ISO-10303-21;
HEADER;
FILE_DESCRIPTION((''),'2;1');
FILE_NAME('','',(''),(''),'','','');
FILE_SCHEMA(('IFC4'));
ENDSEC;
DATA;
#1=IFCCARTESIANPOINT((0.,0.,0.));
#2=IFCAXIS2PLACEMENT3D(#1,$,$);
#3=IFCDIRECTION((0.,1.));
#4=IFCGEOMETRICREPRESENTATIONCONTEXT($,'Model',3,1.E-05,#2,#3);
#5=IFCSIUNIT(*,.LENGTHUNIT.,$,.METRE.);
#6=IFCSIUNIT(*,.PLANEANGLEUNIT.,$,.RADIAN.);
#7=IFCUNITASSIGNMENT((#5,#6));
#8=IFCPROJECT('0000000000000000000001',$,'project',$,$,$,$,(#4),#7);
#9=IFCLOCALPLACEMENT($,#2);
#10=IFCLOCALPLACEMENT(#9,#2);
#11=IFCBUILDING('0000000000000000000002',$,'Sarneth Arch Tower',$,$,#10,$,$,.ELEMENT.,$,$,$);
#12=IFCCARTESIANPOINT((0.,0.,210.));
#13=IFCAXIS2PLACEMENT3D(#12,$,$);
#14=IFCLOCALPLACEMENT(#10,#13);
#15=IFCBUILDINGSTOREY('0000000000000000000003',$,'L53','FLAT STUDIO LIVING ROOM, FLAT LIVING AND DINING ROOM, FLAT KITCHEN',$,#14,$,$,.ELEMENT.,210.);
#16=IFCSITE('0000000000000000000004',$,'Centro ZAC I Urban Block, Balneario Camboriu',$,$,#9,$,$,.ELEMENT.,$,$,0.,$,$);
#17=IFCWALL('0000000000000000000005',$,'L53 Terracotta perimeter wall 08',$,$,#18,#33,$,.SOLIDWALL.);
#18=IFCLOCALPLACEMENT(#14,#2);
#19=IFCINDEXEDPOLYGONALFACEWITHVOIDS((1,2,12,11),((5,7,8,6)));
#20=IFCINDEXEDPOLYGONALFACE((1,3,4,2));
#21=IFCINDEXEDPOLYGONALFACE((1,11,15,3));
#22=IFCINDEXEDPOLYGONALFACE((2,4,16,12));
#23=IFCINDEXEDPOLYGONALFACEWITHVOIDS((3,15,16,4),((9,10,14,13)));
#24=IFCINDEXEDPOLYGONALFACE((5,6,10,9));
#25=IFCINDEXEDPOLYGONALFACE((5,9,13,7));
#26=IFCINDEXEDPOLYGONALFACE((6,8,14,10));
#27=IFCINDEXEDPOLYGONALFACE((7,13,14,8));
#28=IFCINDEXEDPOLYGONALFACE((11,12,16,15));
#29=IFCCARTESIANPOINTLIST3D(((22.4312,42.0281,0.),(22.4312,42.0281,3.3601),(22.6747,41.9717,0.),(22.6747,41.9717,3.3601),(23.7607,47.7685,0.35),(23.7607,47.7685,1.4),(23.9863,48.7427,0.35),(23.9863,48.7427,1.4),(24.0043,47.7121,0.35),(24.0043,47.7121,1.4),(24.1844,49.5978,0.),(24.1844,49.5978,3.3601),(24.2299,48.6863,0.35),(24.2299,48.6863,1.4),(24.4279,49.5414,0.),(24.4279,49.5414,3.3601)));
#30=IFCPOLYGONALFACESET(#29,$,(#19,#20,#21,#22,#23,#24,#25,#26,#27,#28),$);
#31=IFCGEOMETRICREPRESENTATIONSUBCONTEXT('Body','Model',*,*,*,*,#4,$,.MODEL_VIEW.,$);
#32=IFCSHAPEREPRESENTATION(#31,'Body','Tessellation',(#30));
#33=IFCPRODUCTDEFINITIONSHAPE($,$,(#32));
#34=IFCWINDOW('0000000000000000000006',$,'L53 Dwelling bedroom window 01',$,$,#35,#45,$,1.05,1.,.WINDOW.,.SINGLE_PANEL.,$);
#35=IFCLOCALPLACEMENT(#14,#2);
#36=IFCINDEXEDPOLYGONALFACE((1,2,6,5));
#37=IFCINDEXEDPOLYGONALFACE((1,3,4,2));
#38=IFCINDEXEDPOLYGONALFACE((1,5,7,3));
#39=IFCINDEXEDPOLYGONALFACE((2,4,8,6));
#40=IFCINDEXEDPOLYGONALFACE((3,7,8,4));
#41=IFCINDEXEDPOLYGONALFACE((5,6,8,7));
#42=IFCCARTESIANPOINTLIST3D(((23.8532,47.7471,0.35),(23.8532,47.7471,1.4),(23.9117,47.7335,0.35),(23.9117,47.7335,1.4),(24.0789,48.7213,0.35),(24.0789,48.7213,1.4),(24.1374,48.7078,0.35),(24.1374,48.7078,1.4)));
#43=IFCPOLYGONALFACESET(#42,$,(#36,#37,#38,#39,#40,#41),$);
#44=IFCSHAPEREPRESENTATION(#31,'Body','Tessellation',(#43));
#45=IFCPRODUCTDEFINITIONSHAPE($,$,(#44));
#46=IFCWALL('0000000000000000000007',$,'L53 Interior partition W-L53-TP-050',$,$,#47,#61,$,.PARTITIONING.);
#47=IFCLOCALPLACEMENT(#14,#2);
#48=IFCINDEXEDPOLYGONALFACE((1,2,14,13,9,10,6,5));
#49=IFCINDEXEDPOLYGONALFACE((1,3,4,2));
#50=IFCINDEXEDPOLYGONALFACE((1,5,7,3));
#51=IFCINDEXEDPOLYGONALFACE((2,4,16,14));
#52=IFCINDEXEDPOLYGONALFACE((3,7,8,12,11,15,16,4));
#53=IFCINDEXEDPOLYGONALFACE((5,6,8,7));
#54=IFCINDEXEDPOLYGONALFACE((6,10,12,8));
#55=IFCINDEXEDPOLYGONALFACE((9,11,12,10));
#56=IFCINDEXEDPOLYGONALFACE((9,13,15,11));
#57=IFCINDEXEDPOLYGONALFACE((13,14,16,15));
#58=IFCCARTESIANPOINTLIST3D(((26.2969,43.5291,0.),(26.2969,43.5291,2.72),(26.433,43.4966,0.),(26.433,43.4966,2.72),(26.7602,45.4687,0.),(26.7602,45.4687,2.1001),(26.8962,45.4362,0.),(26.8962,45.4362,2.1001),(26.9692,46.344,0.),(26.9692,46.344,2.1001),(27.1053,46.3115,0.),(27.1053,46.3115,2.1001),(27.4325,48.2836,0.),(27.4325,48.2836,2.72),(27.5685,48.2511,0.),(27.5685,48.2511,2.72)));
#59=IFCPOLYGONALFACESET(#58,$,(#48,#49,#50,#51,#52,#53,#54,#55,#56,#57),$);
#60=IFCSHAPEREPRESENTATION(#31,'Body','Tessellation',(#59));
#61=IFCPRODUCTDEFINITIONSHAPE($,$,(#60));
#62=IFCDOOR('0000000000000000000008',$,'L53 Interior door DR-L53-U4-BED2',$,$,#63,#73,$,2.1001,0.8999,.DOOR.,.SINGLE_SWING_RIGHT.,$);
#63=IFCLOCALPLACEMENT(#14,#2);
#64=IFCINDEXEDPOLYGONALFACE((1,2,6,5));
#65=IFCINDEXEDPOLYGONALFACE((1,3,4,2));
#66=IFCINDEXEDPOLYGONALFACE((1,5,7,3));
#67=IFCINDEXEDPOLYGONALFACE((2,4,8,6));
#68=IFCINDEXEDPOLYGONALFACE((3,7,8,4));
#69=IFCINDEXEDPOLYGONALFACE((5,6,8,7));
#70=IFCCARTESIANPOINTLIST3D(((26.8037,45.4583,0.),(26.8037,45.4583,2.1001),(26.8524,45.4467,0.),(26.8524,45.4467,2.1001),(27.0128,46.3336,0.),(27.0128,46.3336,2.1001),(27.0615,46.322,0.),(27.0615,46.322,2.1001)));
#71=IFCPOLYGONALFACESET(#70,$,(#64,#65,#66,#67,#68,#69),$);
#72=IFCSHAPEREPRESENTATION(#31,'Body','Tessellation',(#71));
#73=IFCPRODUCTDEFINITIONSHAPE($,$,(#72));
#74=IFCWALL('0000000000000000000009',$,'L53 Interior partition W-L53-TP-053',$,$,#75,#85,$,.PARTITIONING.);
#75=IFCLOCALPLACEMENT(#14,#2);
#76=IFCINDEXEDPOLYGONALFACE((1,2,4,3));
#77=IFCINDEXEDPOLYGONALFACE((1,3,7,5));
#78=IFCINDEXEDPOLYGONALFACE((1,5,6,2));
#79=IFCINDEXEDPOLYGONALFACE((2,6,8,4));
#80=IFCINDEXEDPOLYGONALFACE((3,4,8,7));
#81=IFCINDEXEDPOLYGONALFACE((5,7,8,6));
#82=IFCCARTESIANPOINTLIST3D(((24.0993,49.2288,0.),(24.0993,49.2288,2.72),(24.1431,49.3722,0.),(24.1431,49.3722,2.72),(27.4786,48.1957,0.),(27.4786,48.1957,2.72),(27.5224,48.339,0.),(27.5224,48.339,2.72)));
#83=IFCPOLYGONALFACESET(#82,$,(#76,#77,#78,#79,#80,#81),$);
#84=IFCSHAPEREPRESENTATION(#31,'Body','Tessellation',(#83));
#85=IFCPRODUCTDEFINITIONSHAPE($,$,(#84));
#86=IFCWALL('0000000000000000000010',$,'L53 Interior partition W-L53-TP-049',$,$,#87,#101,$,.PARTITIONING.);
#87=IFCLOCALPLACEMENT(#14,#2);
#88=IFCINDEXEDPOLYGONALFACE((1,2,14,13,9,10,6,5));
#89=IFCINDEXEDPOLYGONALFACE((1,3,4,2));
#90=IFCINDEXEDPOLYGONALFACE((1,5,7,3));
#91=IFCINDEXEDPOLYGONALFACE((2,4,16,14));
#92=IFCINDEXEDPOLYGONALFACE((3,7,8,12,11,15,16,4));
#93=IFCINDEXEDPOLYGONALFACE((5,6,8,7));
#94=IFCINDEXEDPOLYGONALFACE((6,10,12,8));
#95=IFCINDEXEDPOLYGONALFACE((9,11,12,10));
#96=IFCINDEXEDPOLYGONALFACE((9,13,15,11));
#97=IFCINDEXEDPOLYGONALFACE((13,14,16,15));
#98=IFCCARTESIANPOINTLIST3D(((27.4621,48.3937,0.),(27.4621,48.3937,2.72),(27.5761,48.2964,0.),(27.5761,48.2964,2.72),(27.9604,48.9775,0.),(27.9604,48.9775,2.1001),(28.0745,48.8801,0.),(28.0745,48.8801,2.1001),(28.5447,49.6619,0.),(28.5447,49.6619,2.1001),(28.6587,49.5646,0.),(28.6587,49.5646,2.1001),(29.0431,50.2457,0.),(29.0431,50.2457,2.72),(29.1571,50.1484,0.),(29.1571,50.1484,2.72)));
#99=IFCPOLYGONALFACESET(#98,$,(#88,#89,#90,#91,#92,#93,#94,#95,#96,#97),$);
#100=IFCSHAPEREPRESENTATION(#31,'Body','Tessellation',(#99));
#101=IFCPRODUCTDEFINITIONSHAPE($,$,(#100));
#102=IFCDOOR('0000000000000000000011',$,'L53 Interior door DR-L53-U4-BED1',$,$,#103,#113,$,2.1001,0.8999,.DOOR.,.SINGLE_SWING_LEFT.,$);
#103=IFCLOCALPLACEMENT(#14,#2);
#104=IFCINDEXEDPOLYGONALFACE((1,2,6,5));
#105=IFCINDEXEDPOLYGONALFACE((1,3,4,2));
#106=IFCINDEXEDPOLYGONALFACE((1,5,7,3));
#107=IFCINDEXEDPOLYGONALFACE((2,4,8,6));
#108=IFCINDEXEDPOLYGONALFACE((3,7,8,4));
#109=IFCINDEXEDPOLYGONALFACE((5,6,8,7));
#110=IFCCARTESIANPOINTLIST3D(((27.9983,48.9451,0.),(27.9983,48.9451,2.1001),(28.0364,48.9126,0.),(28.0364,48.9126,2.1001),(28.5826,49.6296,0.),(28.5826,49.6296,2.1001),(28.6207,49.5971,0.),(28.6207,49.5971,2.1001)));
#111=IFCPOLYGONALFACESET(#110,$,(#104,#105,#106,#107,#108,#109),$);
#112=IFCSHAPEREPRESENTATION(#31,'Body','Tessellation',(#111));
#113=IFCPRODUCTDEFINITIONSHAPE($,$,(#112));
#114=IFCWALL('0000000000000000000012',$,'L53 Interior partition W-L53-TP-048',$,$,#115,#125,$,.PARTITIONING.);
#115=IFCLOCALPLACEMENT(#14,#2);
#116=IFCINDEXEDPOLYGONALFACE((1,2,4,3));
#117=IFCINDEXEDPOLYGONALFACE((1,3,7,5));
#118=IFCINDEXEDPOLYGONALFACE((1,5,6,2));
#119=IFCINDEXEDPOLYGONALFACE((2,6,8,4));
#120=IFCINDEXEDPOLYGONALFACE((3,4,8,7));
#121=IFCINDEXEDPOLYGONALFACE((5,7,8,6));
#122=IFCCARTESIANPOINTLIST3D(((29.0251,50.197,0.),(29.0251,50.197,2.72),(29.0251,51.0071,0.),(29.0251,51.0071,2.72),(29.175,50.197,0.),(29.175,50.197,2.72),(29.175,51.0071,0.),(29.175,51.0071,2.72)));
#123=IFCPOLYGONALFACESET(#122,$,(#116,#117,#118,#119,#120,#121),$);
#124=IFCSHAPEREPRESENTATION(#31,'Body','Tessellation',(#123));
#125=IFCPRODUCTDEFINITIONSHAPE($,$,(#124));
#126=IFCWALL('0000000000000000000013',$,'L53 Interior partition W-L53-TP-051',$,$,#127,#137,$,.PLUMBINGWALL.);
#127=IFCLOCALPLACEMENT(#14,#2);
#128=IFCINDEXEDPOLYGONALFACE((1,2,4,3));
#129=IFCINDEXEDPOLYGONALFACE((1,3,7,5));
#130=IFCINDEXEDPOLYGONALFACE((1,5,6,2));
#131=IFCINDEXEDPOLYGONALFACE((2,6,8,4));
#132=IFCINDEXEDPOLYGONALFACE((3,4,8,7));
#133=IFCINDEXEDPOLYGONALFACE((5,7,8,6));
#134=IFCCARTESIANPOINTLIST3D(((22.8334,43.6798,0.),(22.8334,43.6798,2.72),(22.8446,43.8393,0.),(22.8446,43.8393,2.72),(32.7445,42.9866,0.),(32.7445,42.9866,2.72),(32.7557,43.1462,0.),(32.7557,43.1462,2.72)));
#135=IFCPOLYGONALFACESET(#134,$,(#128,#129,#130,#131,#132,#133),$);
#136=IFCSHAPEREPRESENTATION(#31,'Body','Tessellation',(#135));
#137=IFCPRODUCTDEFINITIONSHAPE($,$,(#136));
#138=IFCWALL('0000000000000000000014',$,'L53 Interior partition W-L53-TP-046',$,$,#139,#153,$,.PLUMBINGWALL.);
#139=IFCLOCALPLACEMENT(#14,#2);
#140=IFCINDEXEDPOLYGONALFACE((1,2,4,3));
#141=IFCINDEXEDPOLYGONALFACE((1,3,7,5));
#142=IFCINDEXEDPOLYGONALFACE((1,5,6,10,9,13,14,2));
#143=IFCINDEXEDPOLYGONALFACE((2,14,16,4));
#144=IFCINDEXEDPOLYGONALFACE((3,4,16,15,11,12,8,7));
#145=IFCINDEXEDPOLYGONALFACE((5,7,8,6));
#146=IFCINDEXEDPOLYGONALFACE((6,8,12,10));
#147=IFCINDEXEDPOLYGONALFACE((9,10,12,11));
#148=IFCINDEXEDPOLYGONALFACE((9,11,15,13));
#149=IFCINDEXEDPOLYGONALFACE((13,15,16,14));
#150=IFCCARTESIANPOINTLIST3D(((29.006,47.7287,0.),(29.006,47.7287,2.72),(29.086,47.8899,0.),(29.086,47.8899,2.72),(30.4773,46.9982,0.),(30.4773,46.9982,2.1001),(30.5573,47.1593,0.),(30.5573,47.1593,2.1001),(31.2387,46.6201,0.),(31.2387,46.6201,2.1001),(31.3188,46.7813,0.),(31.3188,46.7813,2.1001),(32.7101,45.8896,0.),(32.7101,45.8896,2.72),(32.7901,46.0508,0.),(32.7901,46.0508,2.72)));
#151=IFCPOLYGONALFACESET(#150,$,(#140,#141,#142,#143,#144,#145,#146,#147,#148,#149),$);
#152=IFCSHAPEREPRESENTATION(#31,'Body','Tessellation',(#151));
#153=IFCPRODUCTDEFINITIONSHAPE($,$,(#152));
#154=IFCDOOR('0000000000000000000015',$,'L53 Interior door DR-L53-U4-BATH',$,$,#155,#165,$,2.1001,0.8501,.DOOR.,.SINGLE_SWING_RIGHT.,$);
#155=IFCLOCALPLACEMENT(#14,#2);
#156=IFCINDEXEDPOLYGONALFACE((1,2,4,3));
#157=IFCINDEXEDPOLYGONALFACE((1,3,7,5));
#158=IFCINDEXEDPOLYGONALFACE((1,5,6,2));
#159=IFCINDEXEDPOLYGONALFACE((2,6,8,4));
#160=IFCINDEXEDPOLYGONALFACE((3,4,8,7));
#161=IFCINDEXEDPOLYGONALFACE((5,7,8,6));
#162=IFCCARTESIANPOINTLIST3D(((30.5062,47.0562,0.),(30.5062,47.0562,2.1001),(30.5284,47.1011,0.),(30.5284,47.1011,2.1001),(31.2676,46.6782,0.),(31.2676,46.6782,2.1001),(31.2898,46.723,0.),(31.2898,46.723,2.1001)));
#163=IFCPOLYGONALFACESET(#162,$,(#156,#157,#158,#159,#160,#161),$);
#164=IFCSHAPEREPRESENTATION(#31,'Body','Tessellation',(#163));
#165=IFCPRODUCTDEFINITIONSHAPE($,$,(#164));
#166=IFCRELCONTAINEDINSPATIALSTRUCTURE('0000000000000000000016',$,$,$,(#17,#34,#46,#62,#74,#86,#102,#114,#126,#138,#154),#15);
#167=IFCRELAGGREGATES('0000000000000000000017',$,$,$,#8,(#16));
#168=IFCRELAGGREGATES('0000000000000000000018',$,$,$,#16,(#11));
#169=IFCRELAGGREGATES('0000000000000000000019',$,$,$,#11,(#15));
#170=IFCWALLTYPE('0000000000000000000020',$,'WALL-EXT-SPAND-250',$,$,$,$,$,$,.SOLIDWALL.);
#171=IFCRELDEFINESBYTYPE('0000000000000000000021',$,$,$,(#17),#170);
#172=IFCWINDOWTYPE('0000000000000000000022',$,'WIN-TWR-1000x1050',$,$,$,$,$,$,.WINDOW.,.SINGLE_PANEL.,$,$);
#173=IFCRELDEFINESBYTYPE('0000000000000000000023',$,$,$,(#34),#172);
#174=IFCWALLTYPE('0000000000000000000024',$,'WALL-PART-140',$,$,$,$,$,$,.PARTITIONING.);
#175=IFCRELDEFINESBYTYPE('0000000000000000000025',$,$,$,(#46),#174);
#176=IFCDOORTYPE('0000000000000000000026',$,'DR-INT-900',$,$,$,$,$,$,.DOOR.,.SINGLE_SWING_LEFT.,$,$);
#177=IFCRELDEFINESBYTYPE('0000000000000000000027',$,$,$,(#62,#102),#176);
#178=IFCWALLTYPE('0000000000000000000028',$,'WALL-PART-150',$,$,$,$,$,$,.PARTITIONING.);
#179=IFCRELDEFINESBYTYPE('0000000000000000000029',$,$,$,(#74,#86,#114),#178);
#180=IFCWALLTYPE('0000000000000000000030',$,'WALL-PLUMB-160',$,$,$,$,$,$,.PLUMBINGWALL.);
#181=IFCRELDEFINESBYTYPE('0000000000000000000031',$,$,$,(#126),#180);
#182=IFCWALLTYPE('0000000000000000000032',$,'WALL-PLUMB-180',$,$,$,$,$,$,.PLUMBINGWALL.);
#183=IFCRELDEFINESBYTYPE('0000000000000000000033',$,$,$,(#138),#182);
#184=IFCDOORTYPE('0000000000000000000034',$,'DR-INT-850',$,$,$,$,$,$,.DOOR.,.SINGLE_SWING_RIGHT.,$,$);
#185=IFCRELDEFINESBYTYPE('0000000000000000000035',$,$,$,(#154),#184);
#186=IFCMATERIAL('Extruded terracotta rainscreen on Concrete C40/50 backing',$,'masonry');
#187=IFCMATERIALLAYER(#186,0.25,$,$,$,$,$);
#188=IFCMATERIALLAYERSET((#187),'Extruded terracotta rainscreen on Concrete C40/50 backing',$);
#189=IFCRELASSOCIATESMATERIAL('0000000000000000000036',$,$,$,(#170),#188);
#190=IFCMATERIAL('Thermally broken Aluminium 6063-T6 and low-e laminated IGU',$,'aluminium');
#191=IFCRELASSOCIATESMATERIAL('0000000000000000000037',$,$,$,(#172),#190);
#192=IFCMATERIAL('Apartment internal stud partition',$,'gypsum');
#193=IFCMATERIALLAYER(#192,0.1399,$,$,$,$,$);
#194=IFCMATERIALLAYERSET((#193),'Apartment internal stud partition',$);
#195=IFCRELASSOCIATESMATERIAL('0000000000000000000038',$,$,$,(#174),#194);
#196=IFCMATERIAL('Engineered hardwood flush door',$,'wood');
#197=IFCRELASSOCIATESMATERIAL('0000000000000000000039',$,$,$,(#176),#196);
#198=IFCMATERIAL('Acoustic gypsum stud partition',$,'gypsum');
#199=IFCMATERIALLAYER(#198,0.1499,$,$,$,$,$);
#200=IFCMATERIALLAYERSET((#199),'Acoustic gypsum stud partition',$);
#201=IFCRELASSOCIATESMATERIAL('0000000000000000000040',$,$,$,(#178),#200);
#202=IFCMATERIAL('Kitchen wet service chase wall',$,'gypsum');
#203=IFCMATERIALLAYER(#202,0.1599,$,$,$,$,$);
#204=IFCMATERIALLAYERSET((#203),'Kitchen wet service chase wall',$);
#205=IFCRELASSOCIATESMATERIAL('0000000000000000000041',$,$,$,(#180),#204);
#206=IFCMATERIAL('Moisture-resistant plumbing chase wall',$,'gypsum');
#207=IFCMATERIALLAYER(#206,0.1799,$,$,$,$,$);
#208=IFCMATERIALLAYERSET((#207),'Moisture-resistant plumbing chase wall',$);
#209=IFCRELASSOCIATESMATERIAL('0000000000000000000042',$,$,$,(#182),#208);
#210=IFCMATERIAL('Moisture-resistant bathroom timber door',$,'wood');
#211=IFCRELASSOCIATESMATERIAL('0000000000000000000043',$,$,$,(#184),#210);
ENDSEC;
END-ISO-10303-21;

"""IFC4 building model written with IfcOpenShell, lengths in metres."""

from ifc_helpers import new_model, si_unit, direction, frame, frame_2d, origin, place, context, subcontext, project, spatial, rectangle, extrude, material, layer, layer_set, type_object, element, fill, save


model = new_model("IFC4")

# Units and contexts
model_context = context("Model", 3, precision=1e-05, world=origin(), true_north=direction((0.0, 1.0)))
body_context = subcontext(model_context, "Body", "Model", "MODEL_VIEW")
ifc_project = project(units=[si_unit("LENGTHUNIT", "METRE"), si_unit("PLANEANGLEUNIT", "RADIAN")], contexts=[model_context])

# Site, building, storey
site_placement = place(None, origin())
site = spatial("IfcSite", under=ifc_project, at=site_placement, Name="Centro ZAC I Urban Block, Balneario Camboriu", CompositionType="ELEMENT", RefElevation=0.0)
building_placement = place(site_placement, origin())
building = spatial("IfcBuilding", under=site, at=building_placement, Name="Sarneth Arch Tower", CompositionType="ELEMENT")
storey_placement = place(building_placement, frame((0.0, 0.0, 210.0)))
storey = spatial("IfcBuildingStorey", under=building, at=storey_placement, Name="L53", Description="FLAT STUDIO LIVING ROOM, FLAT LIVING AND DINING ROOM, FLAT KITCHEN", CompositionType="ELEMENT", Elevation=210.0)

# Wall, opening, window
ifc_material_1 = material(Name="Extruded terracotta rainscreen on Concrete C40/50 backing", Category="masonry")
ifc_layer_1 = layer(ifc_material_1, 0.25)
ifc_layer_set_1 = layer_set([ifc_layer_1], Name="Extruded terracotta rainscreen on Concrete C40/50 backing")
wall_type_1 = type_object("IfcWallType", Name="WALL-EXT-SPAND-250", PredefinedType="SOLIDWALL", material=ifc_layer_set_1)
wall_1_placement = place(storey_placement, frame((24.3062, 49.5696, 0.0), z_axis=(0.0, 0.0, 1.0), x_axis=(-0.225635, -0.974212, 0.0)))
wall_1 = element("IfcWall", 1, at=wall_1_placement, inside=storey, type_object=wall_type_1, Name="L53 Terracotta perimeter wall 08", PredefinedType="SOLIDWALL", context=body_context, shape_type="SweptSolid", body=[
    extrude(rectangle(XDim=7.77, YDim=0.25, at=frame_2d((3.885, 0.0))), origin(), (0.0, 0.0, 1.0), 3.3601),
])
opening_1_placement = place(wall_1_placement, frame((0.8777, 0.0, 0.3501)))
opening_1 = element("IfcOpeningElement", 2, at=opening_1_placement, cuts=wall_1, PredefinedType="OPENING", context=body_context, shape_type="SweptSolid", body=[
    extrude(rectangle(XDim=1.0, YDim=1.05, at=frame_2d((0.5, 0.5249))), frame((0.0, 0.135, 0.0), z_axis=(0.0, -1.0, 0.0), x_axis=(1.0, 0.0, 0.0)), (0.0, 0.0, 1.0), 0.27),
])
ifc_material_2 = material(Name="Thermally broken Aluminium 6063-T6 and low-e laminated IGU", Category="aluminium")
window_type = type_object("IfcWindowType", Name="WIN-TWR-1000x1050", PartitioningType="SINGLE_PANEL", PredefinedType="WINDOW", material=ifc_material_2)
window_placement = place(opening_1_placement, origin())
window = element("IfcWindow", 3, at=window_placement, inside=storey, type_object=window_type, Name="L53 Dwelling bedroom window 01", OverallHeight=1.05, OverallWidth=1.0, PartitioningType="SINGLE_PANEL", PredefinedType="WINDOW", context=body_context, shape_type="SweptSolid", body=[
    extrude(rectangle(XDim=1.0, YDim=1.05, at=frame_2d((0.5, 0.5249))), frame((0.0, 0.03, 0.0), z_axis=(0.0, -1.0, 0.0), x_axis=(1.0, 0.0, 0.0)), (0.0, 0.0, 1.0), 0.0601),
])
fill(opening_1, window)

# Wall, opening, door
ifc_material_3 = material(Name="Apartment internal stud partition", Category="gypsum")
ifc_layer_2 = layer(ifc_material_3, 0.1399)
ifc_layer_set_2 = layer_set([ifc_layer_2], Name="Apartment internal stud partition")
wall_type_2 = type_object("IfcWallType", Name="WALL-PART-140", PredefinedType="PARTITIONING", material=ifc_layer_set_2)
wall_2_placement = place(storey_placement, frame((27.5005, 48.2673, 0.0), z_axis=(0.0, 0.0, 1.0), x_axis=(-0.232298, -0.972645, 0.0)))
wall_2 = element("IfcWall", 4, at=wall_2_placement, inside=storey, type_object=wall_type_2, Name="L53 Interior partition W-L53-TP-050", PredefinedType="PARTITIONING", context=body_context, shape_type="SweptSolid", body=[
    extrude(rectangle(XDim=4.8882, YDim=0.1399, at=frame_2d((2.4441, 0.0))), origin(), (0.0, 0.0, 1.0), 2.72),
])
opening_2_placement = place(wall_2_placement, frame((1.9941, 0.0, 0.0)))
opening_2 = element("IfcOpeningElement", 5, at=opening_2_placement, cuts=wall_2, PredefinedType="OPENING", context=body_context, shape_type="SweptSolid", body=[
    extrude(rectangle(XDim=0.8999, YDim=2.1001, at=frame_2d((0.45, 1.05))), frame((0.0, 0.0798, 0.0), z_axis=(0.0, -1.0, 0.0), x_axis=(1.0, 0.0, 0.0)), (0.0, 0.0, 1.0), 0.1599),
])
ifc_material_4 = material(Name="Engineered hardwood flush door", Category="wood")
door_type_1 = type_object("IfcDoorType", Name="DR-INT-900", OperationType="SINGLE_SWING_LEFT", PredefinedType="DOOR", material=ifc_material_4)
door_1_placement = place(opening_2_placement, origin())
door_1 = element("IfcDoor", 6, at=door_1_placement, inside=storey, type_object=door_type_1, Name="L53 Interior door DR-L53-U4-BED2", OperationType="SINGLE_SWING_RIGHT", OverallHeight=2.1001, OverallWidth=0.8999, PredefinedType="DOOR", context=body_context, shape_type="SweptSolid", body=[
    extrude(rectangle(XDim=0.8999, YDim=2.1001, at=frame_2d((0.45, 1.05))), frame((0.0, 0.0249, 0.0), z_axis=(0.0, -1.0, 0.0), x_axis=(1.0, 0.0, 0.0)), (0.0, 0.0, 1.0), 0.05),
])
fill(opening_2, door_1)

# Wall
ifc_material_5 = material(Name="Acoustic gypsum stud partition", Category="gypsum")
ifc_layer_3 = layer(ifc_material_5, 0.1499)
ifc_layer_set_3 = layer_set([ifc_layer_3], Name="Acoustic gypsum stud partition")
wall_type_3 = type_object("IfcWallType", Name="WALL-PART-150", PredefinedType="PARTITIONING", material=ifc_layer_set_3)
wall_3_placement = place(storey_placement, frame((27.5005, 48.2673, 0.0), z_axis=(0.0, 0.0, 1.0), x_axis=(-0.956303, 0.292377, 0.0)))
element("IfcWall", 7, at=wall_3_placement, inside=storey, type_object=wall_type_3, Name="L53 Interior partition W-L53-TP-053", PredefinedType="PARTITIONING", context=body_context, shape_type="SweptSolid", body=[
    extrude(rectangle(XDim=3.5337, YDim=0.1499, at=frame_2d((1.7668, 0.0))), origin(), (0.0, 0.0, 1.0), 2.72),
])

# Wall, opening, door
wall_4_placement = place(storey_placement, frame((29.1001, 50.197, 0.0), z_axis=(0.0, 0.0, 1.0), x_axis=(-0.649271, -0.760557, 0.0)))
wall_4 = element("IfcWall", 8, at=wall_4_placement, inside=storey, type_object=wall_type_3, Name="L53 Interior partition W-L53-TP-049", PredefinedType="PARTITIONING", context=body_context, shape_type="SweptSolid", body=[
    extrude(rectangle(XDim=2.4351, YDim=0.1499, at=frame_2d((1.2175, 0.0))), origin(), (0.0, 0.0, 1.0), 2.72),
])
opening_3_placement = place(wall_4_placement, frame((0.7676, 0.0, 0.0)))
opening_3 = element("IfcOpeningElement", 9, at=opening_3_placement, cuts=wall_4, PredefinedType="OPENING", context=body_context, shape_type="SweptSolid", body=[
    extrude(rectangle(XDim=0.8999, YDim=2.1001, at=frame_2d((0.45, 1.05))), frame((0.0, 0.085, 0.0), z_axis=(0.0, -1.0, 0.0), x_axis=(1.0, 0.0, 0.0)), (0.0, 0.0, 1.0), 0.1699),
])
door_2_placement = place(opening_3_placement, origin())
door_2 = element("IfcDoor", 10, at=door_2_placement, inside=storey, type_object=door_type_1, Name="L53 Interior door DR-L53-U4-BED1", OperationType="SINGLE_SWING_LEFT", OverallHeight=2.1001, OverallWidth=0.8999, PredefinedType="DOOR", context=body_context, shape_type="SweptSolid", body=[
    extrude(rectangle(XDim=0.8999, YDim=2.1001, at=frame_2d((0.45, 1.05))), frame((0.0, 0.0249, 0.0), z_axis=(0.0, -1.0, 0.0), x_axis=(1.0, 0.0, 0.0)), (0.0, 0.0, 1.0), 0.05),
])
fill(opening_3, door_2)

# Walls
wall_5_placement = place(storey_placement, frame((29.1001, 51.0071, 0.0), z_axis=(0.0, 0.0, 1.0), x_axis=(0.0, -1.0, 0.0)))
element("IfcWall", 11, at=wall_5_placement, inside=storey, type_object=wall_type_3, Name="L53 Interior partition W-L53-TP-048", PredefinedType="PARTITIONING", context=body_context, shape_type="SweptSolid", body=[
    extrude(rectangle(XDim=0.8101, YDim=0.1499, at=frame_2d((0.405, 0.0))), origin(), (0.0, 0.0, 1.0), 2.72),
])
ifc_material_6 = material(Name="Kitchen wet service chase wall", Category="gypsum")
ifc_layer_4 = layer(ifc_material_6, 0.1599)
ifc_layer_set_4 = layer_set([ifc_layer_4], Name="Kitchen wet service chase wall")
wall_type_4 = type_object("IfcWallType", Name="WALL-PLUMB-160", PredefinedType="PLUMBINGWALL", material=ifc_layer_set_4)
wall_6_placement = place(storey_placement, frame((22.8389, 43.7595, 0.0), z_axis=(0.0, 0.0, 1.0), x_axis=(0.997564, -0.069763, 0.0)))
element("IfcWall", 12, at=wall_6_placement, inside=storey, type_object=wall_type_4, Name="L53 Interior partition W-L53-TP-051", PredefinedType="PLUMBINGWALL", context=body_context, shape_type="SweptSolid", body=[
    extrude(rectangle(XDim=9.9353, YDim=0.1599, at=frame_2d((4.9678, 0.0))), origin(), (0.0, 0.0, 1.0), 2.72),
])

# Wall, opening, door
ifc_material_7 = material(Name="Moisture-resistant plumbing chase wall", Category="gypsum")
ifc_layer_5 = layer(ifc_material_7, 0.1799)
ifc_layer_set_5 = layer_set([ifc_layer_5], Name="Moisture-resistant plumbing chase wall")
wall_type_5 = type_object("IfcWallType", Name="WALL-PLUMB-180", PredefinedType="PLUMBINGWALL", material=ifc_layer_set_5)
wall_7_placement = place(storey_placement, frame((29.0459, 47.8093, 0.0), z_axis=(0.0, 0.0, 1.0), x_axis=(0.895675, -0.444709, 0.0)))
wall_7 = element("IfcWall", 13, at=wall_7_placement, inside=storey, type_object=wall_type_5, Name="L53 Interior partition W-L53-TP-046", PredefinedType="PLUMBINGWALL", context=body_context, shape_type="SweptSolid", body=[
    extrude(rectangle(XDim=4.1355, YDim=0.1799, at=frame_2d((2.0679, 0.0))), origin(), (0.0, 0.0, 1.0), 2.72),
])
opening_4_placement = place(wall_7_placement, frame((1.6428, 0.0, 0.0)))
opening_4 = element("IfcOpeningElement", 14, at=opening_4_placement, cuts=wall_7, PredefinedType="OPENING", context=body_context, shape_type="SweptSolid", body=[
    extrude(rectangle(XDim=0.8501, YDim=2.1001, at=frame_2d((0.425, 1.05))), frame((0.0, 0.0999, 0.0), z_axis=(0.0, -1.0, 0.0), x_axis=(1.0, 0.0, 0.0)), (0.0, 0.0, 1.0), 0.2),
])
ifc_material_8 = material(Name="Moisture-resistant bathroom timber door", Category="wood")
door_type_2 = type_object("IfcDoorType", Name="DR-INT-850", OperationType="SINGLE_SWING_RIGHT", PredefinedType="DOOR", material=ifc_material_8)
door_3_placement = place(opening_4_placement, origin())
door_3 = element("IfcDoor", 15, at=door_3_placement, inside=storey, type_object=door_type_2, Name="L53 Interior door DR-L53-U4-BATH", OperationType="SINGLE_SWING_RIGHT", OverallHeight=2.1001, OverallWidth=0.8501, PredefinedType="DOOR", context=body_context, shape_type="SweptSolid", body=[
    extrude(rectangle(XDim=0.8501, YDim=2.1001, at=frame_2d((0.425, 1.05))), frame((0.0, 0.0249, 0.0), z_axis=(0.0, -1.0, 0.0), x_axis=(1.0, 0.0, 0.0)), (0.0, 0.0, 1.0), 0.05),
])
fill(opening_4, door_3)

save(model, "model.ifc")
